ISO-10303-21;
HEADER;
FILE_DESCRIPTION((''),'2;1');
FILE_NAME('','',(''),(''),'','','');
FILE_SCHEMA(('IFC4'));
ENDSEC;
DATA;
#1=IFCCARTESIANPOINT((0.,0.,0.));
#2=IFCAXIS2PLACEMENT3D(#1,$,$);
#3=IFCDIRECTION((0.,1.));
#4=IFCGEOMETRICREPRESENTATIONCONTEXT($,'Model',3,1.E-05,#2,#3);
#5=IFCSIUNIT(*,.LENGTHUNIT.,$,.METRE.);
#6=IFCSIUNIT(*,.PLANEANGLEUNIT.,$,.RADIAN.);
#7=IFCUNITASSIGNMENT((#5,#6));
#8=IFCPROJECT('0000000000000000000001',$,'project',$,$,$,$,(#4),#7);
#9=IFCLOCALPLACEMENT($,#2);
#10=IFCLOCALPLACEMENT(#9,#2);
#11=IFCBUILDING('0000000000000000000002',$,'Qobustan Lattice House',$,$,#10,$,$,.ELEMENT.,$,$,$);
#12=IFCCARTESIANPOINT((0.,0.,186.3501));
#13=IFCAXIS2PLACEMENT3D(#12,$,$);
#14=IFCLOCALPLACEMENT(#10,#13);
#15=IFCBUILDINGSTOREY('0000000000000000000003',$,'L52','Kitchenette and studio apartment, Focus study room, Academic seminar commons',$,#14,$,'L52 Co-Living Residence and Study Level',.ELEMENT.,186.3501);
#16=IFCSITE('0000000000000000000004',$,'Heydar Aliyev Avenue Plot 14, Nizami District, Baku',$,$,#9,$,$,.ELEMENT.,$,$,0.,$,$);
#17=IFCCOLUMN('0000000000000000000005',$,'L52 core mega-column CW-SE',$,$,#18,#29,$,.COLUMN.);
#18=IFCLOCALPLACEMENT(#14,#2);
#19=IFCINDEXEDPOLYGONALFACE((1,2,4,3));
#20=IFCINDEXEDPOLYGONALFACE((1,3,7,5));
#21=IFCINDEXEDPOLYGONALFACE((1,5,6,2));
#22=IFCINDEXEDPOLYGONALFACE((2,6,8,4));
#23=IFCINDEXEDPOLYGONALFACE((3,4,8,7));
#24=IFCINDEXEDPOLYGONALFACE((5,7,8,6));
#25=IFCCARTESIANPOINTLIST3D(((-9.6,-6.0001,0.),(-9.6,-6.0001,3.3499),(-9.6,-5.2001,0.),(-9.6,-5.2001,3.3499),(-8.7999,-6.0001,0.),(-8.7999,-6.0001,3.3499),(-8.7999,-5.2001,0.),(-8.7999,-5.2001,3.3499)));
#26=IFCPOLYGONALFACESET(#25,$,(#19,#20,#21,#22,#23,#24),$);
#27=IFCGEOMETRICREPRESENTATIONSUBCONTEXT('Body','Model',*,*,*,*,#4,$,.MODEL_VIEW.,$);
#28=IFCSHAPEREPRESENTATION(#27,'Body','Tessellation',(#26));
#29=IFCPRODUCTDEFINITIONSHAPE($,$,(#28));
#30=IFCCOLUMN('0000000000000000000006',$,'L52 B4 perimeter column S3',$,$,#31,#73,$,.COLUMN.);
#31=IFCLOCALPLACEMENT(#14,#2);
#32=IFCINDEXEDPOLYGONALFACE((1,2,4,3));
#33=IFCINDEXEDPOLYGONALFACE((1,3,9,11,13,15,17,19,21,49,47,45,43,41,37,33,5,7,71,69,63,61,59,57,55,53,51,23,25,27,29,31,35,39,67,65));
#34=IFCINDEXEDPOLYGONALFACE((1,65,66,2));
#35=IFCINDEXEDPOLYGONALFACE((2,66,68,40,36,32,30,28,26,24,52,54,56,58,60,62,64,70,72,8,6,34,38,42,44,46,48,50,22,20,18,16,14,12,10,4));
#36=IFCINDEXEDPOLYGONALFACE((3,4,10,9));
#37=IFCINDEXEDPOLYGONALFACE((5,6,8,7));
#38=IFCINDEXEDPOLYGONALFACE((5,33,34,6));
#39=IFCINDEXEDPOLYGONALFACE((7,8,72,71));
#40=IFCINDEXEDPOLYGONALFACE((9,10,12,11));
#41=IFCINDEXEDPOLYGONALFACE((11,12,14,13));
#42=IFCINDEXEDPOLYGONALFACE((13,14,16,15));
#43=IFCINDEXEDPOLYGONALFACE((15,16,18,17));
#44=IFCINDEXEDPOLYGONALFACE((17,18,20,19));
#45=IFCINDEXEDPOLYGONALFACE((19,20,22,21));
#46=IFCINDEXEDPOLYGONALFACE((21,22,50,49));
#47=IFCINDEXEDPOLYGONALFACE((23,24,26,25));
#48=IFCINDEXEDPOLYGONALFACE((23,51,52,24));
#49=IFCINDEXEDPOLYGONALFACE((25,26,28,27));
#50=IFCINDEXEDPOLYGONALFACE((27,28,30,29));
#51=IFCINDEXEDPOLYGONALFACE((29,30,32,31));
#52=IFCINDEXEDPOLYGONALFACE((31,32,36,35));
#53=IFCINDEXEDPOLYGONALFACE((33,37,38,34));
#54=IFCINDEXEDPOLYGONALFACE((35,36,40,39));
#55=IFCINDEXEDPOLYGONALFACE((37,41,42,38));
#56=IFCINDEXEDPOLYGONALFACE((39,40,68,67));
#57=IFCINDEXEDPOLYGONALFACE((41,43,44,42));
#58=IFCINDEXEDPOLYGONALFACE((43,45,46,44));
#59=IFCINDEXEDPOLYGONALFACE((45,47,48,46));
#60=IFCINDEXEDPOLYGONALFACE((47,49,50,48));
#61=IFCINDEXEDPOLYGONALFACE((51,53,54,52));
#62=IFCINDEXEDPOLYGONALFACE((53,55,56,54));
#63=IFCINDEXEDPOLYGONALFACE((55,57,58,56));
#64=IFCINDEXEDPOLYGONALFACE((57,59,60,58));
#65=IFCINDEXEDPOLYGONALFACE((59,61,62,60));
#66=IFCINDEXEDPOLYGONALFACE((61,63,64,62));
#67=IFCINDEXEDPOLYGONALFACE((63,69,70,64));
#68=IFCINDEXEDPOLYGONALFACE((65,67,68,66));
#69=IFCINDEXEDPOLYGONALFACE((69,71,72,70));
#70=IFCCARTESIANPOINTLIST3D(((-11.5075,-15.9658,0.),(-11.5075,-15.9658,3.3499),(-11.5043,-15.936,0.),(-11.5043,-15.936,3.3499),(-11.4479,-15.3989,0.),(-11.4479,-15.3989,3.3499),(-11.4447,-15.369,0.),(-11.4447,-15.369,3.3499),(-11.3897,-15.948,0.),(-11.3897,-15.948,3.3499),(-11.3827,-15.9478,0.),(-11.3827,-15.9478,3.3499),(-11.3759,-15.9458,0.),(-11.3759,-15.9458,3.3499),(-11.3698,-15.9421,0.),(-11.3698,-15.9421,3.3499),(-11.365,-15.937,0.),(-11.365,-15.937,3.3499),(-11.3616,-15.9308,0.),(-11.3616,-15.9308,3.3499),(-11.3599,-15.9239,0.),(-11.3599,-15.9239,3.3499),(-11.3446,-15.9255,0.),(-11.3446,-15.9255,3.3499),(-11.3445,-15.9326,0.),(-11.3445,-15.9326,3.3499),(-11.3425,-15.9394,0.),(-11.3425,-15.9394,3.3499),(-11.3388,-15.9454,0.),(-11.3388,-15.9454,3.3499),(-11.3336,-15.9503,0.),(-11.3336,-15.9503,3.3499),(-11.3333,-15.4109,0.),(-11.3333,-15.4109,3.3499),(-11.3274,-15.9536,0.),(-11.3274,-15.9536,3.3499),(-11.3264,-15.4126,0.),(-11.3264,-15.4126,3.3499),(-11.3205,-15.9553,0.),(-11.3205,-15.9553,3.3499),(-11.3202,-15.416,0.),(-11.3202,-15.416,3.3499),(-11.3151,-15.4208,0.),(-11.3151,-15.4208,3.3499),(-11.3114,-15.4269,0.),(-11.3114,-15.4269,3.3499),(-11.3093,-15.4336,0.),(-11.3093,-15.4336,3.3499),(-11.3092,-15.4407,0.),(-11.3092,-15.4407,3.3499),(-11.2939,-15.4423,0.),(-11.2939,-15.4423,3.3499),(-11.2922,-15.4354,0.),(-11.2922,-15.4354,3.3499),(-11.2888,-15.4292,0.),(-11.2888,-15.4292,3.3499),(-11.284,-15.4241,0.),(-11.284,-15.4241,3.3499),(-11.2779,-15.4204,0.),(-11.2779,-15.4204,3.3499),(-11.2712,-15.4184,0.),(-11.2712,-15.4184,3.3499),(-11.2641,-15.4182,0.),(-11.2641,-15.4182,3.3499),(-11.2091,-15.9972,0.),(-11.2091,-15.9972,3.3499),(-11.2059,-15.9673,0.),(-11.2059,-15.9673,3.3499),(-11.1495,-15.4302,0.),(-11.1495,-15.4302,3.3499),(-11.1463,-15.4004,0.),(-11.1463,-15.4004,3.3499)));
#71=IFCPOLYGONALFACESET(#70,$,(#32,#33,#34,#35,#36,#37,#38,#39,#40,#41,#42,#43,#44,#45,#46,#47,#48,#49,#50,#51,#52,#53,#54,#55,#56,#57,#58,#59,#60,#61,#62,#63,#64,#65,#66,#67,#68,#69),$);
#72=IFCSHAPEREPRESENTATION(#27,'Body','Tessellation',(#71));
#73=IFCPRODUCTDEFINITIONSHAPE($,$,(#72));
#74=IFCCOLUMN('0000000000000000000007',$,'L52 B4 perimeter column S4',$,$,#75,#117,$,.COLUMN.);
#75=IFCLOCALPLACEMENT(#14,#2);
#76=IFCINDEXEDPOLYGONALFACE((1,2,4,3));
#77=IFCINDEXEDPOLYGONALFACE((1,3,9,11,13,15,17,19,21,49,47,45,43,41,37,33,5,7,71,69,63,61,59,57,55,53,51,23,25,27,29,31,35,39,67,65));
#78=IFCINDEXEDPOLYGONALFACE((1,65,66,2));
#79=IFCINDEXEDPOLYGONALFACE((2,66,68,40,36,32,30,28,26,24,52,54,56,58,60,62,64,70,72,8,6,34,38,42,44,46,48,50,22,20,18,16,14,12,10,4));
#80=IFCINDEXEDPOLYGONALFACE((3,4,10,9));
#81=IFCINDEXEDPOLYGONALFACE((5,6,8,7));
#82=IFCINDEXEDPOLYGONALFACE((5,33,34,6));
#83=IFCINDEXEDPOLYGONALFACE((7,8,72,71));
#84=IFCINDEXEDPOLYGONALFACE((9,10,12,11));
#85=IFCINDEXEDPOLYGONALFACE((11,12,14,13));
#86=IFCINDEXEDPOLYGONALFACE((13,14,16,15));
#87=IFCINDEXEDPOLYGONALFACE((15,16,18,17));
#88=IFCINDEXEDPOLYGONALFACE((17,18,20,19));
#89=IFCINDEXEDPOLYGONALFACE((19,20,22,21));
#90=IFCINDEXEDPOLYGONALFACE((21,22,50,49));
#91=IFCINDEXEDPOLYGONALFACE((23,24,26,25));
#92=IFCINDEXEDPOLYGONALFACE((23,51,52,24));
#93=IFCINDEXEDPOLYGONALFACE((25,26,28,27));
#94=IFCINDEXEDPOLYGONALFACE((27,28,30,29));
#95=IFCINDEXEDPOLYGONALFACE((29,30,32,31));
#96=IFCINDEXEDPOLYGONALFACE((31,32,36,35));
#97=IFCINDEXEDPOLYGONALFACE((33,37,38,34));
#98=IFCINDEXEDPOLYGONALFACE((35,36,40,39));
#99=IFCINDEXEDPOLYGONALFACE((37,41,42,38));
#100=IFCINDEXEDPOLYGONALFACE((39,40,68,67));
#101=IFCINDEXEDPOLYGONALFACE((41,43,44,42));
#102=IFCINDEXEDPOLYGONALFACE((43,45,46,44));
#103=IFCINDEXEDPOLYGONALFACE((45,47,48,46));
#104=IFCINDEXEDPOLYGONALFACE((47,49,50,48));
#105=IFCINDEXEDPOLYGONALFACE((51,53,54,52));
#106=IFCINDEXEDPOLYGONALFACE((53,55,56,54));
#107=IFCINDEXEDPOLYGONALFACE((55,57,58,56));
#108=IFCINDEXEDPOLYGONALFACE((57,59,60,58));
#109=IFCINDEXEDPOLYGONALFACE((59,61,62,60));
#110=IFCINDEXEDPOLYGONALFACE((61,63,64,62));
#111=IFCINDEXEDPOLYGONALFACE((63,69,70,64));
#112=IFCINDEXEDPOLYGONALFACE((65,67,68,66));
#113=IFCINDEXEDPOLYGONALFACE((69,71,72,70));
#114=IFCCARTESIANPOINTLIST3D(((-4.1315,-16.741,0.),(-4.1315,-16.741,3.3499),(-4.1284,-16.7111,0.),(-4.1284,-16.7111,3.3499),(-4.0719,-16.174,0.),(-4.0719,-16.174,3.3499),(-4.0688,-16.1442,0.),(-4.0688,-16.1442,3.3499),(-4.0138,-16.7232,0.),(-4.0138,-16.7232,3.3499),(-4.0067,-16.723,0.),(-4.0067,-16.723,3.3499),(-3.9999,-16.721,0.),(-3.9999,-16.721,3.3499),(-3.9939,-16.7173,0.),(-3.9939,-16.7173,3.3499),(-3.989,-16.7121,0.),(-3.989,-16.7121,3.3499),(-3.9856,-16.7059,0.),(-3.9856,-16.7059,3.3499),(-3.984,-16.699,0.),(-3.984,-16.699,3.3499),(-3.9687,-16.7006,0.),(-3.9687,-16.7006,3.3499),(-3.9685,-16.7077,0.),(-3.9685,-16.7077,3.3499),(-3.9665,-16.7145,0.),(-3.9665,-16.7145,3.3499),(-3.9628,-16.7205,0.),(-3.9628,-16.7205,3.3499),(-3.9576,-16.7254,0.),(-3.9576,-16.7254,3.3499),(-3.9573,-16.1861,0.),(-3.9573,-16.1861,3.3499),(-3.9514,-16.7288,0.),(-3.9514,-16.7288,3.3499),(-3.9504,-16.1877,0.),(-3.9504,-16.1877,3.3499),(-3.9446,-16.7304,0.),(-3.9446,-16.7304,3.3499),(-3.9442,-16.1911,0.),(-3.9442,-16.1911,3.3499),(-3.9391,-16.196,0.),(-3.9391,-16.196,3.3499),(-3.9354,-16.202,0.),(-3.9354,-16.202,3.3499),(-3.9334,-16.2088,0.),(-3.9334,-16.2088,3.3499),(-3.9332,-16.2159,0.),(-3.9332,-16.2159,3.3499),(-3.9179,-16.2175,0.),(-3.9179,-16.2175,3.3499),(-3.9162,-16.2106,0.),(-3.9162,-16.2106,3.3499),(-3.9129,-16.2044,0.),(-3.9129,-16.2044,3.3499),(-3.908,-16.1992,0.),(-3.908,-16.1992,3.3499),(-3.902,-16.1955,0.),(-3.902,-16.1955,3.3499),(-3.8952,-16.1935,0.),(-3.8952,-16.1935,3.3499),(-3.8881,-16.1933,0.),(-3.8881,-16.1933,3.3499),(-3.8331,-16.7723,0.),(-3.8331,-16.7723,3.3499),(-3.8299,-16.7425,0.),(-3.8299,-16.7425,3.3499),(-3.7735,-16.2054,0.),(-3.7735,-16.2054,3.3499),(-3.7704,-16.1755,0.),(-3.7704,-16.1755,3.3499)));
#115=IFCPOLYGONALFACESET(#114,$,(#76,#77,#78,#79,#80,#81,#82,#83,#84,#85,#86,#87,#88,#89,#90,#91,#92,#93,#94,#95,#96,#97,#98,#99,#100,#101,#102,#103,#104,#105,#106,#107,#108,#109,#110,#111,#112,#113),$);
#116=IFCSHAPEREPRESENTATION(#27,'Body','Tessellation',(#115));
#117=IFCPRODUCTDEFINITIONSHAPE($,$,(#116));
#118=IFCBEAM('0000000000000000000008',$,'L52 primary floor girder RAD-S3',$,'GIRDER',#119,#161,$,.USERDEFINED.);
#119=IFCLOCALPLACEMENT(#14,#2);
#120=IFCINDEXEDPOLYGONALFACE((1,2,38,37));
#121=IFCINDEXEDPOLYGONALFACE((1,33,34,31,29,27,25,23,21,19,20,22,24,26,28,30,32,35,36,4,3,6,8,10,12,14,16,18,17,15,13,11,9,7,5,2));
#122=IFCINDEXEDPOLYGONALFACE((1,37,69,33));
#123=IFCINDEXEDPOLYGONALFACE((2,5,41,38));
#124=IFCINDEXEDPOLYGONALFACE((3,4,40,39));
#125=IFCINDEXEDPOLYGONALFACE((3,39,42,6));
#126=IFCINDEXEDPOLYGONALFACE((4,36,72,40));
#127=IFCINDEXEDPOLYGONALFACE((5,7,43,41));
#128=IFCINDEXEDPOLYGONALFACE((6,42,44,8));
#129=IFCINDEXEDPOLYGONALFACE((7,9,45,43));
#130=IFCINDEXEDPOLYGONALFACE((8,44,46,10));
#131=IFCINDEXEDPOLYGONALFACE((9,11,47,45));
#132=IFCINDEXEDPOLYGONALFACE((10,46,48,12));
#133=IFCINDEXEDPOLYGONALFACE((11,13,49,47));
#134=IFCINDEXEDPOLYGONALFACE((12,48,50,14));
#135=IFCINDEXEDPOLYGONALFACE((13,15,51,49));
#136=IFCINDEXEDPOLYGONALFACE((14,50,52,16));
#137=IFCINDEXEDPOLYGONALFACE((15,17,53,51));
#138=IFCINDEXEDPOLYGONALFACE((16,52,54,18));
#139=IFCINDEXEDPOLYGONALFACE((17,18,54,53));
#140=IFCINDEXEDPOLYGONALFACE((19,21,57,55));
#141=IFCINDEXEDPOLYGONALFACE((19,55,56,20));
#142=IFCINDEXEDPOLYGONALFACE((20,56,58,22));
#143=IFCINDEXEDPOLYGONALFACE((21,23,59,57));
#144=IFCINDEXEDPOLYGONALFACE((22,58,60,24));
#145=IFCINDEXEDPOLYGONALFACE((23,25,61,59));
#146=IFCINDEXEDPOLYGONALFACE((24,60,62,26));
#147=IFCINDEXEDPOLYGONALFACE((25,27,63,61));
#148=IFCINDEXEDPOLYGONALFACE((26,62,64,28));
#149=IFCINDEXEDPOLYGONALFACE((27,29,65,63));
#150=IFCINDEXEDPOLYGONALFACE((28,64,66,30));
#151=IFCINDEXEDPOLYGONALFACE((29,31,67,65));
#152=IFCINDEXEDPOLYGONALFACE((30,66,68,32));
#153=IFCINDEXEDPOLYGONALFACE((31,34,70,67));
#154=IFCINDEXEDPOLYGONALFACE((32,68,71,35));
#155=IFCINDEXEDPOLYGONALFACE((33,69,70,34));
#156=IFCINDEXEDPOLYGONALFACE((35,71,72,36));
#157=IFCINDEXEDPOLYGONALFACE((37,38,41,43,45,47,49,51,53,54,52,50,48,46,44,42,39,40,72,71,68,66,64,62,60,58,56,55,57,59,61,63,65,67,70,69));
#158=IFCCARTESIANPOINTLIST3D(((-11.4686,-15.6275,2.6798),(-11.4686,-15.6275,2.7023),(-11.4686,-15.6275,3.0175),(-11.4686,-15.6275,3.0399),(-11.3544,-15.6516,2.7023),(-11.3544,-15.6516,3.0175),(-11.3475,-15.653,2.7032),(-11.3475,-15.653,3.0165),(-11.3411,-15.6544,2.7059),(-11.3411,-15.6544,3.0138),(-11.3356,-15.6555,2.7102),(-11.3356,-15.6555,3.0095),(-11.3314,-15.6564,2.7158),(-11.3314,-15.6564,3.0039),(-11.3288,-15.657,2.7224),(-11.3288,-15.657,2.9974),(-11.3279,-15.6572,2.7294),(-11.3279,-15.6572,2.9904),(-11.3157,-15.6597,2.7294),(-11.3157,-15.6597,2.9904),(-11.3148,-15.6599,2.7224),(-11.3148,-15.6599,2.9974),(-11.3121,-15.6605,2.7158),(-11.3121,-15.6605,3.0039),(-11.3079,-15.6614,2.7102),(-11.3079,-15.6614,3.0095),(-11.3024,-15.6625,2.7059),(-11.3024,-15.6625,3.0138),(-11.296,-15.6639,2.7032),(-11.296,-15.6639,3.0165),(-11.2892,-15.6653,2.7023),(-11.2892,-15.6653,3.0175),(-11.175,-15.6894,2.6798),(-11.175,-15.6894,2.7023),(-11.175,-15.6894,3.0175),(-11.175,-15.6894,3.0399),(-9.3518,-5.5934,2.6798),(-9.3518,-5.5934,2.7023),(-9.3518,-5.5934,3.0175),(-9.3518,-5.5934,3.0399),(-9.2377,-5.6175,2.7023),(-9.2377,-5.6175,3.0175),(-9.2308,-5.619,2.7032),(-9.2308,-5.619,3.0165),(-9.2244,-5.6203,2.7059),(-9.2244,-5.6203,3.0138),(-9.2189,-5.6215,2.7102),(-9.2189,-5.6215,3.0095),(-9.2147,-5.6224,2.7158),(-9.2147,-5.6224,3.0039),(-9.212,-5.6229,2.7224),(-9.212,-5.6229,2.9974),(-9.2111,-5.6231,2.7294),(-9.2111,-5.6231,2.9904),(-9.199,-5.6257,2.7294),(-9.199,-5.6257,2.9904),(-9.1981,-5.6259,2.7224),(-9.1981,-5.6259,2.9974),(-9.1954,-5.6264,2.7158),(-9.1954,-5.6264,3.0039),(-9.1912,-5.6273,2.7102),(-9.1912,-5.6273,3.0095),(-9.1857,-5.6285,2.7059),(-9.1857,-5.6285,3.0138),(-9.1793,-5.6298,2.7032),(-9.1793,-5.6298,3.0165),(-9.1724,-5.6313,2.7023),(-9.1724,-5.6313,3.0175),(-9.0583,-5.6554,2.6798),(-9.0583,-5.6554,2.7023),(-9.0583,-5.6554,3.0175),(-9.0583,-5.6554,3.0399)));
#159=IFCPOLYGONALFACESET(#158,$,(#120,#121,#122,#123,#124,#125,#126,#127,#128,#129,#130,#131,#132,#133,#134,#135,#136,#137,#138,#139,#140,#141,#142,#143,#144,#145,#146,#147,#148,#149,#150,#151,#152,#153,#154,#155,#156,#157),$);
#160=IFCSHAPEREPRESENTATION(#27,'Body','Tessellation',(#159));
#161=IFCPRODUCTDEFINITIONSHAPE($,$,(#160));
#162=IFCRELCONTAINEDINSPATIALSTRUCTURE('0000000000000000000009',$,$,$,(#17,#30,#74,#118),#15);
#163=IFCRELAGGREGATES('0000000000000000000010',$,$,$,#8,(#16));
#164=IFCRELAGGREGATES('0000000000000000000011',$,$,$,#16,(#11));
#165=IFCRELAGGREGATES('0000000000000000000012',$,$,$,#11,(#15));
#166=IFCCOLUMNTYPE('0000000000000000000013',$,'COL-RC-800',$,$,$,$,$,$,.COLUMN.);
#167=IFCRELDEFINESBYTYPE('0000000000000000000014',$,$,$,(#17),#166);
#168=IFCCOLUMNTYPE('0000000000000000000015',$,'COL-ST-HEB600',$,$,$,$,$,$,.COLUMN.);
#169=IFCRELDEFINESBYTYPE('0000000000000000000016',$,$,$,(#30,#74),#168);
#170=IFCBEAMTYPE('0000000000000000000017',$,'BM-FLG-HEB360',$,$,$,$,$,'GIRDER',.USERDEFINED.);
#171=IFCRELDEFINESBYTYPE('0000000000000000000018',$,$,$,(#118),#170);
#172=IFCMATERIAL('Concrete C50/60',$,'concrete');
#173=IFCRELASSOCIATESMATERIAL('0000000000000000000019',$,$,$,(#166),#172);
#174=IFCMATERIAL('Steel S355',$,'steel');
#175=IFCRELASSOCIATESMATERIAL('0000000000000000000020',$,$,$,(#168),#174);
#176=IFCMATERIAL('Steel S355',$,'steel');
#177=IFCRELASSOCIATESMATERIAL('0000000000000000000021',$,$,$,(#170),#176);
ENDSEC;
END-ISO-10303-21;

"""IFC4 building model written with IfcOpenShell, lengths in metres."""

from ifc_helpers import new_model, si_unit, direction, frame, origin, origin_2d, place, context, subcontext, project, spatial, rectangle, i_section, extrude, material, material_profile, profile_set, type_object, element, save


model = new_model("IFC4")

# Units and contexts
model_context = context("Model", 3, precision=1e-05, world=origin(), true_north=direction((0.0, 1.0)))
body_context = subcontext(model_context, "Body", "Model", "MODEL_VIEW")
ifc_project = project(units=[si_unit("LENGTHUNIT", "METRE"), si_unit("PLANEANGLEUNIT", "RADIAN")], contexts=[model_context])

# Site, building, storey
site_placement = place(None, origin())
site = spatial("IfcSite", under=ifc_project, at=site_placement, Name="Heydar Aliyev Avenue Plot 14, Nizami District, Baku", CompositionType="ELEMENT", RefElevation=0.0)
building_placement = place(site_placement, origin())
building = spatial("IfcBuilding", under=site, at=building_placement, Name="Qobustan Lattice House", CompositionType="ELEMENT")
storey_placement = place(building_placement, frame((0.0, 0.0, 186.3501)))
storey = spatial("IfcBuildingStorey", under=building, at=storey_placement, Name="L52", Description="Kitchenette and studio apartment, Focus study room, Academic seminar commons", LongName="L52 Co-Living Residence and Study Level", CompositionType="ELEMENT", Elevation=186.3501)

# Columns
ifc_material_1 = material(Name="Concrete C50/60", Category="concrete")
ifc_material_profile_1 = material_profile(ifc_material_1, rectangle(XDim=0.8, YDim=0.8, at=origin_2d()), Name="RC800x800")
ifc_profile_set_1 = profile_set([ifc_material_profile_1], Name="Concrete C50/60")
column_type_1 = type_object("IfcColumnType", Name="COL-RC-800", PredefinedType="COLUMN", material=ifc_profile_set_1)
column_placement = place(storey_placement, frame((-9.2, -5.6001, 0.0), z_axis=(0.0, 0.0, 1.0), x_axis=(1.0, 0.0, 0.0)))
element("IfcColumn", 1, at=column_placement, inside=storey, type_object=column_type_1, Name="L52 core mega-column CW-SE", PredefinedType="COLUMN", context=body_context, shape_type="SweptSolid", body=[
    extrude(rectangle(XDim=0.8, YDim=0.8, at=origin_2d()), origin(), (0.0, 0.0, 1.0), 3.3499),
])
ifc_material_2 = material(Name="Steel S355", Category="steel")
ifc_material_profile_2 = material_profile(ifc_material_2, i_section(OverallWidth=0.3, OverallDepth=0.6001, WebThickness=0.0154, FlangeThickness=0.03, FilletRadius=0.0271, at=origin_2d()), Name="HEB600")
ifc_profile_set_2 = profile_set([ifc_material_profile_2], Name="Steel S355")
column_type_2 = type_object("IfcColumnType", Name="COL-ST-HEB600", PredefinedType="COLUMN", material=ifc_profile_set_2)
for number, where, z_axis, x_axis, name in (
    (2, (-11.3269, -15.6831, 0.0), (0.0, 0.0, 1.0), (0.994522, -0.104528, 0.0), "L52 B4 perimeter column S3"),
    (3, (-3.9509, -16.4583, 0.0), (0.0, 0.0, 1.0), (0.994522, -0.104528, 0.0), "L52 B4 perimeter column S4"),
):
    element("IfcColumn", number, at=place(storey_placement, frame(where, z_axis=z_axis, x_axis=x_axis)), inside=storey, type_object=column_type_2, Name=name, PredefinedType="COLUMN", context=body_context, shape_type="SweptSolid", body=[
        extrude(i_section(OverallWidth=0.3, OverallDepth=0.6001, WebThickness=0.0154, FlangeThickness=0.03, FilletRadius=0.0271, at=origin_2d()), origin(), (0.0, 0.0, 1.0), 3.3499),
    ])

# Beam
ifc_material_3 = material(Name="Steel S355", Category="steel")
ifc_material_profile_3 = material_profile(ifc_material_3, i_section(OverallWidth=0.3, OverallDepth=0.3601, WebThickness=0.0125, FlangeThickness=0.0225, FilletRadius=0.0271, at=origin_2d()), Name="HEB360")
ifc_profile_set_3 = profile_set([ifc_material_profile_3], Name="Steel S355")
beam_type_1 = type_object("IfcBeamType", Name="BM-FLG-HEB360", ElementType="GIRDER", PredefinedType="USERDEFINED", material=ifc_profile_set_3)
beam_1_placement = place(storey_placement, frame((-11.3218, -15.6584, 2.8599), z_axis=(0.206411, 0.978465, 0.0), x_axis=(-0.978465, 0.206411, 0.0)))
element("IfcBeam", 4, at=beam_1_placement, inside=storey, type_object=beam_type_1, Name="L52 primary floor girder RAD-S3", ObjectType="GIRDER", PredefinedType="USERDEFINED", context=body_context, shape_type="SweptSolid", body=[
    extrude(i_section(OverallWidth=0.3, OverallDepth=0.3601, WebThickness=0.0125, FlangeThickness=0.0225, FilletRadius=0.0271, at=origin_2d()), origin(), (0.0, 0.0, 1.0), 10.2549),
])

save(model, "model.ifc")
